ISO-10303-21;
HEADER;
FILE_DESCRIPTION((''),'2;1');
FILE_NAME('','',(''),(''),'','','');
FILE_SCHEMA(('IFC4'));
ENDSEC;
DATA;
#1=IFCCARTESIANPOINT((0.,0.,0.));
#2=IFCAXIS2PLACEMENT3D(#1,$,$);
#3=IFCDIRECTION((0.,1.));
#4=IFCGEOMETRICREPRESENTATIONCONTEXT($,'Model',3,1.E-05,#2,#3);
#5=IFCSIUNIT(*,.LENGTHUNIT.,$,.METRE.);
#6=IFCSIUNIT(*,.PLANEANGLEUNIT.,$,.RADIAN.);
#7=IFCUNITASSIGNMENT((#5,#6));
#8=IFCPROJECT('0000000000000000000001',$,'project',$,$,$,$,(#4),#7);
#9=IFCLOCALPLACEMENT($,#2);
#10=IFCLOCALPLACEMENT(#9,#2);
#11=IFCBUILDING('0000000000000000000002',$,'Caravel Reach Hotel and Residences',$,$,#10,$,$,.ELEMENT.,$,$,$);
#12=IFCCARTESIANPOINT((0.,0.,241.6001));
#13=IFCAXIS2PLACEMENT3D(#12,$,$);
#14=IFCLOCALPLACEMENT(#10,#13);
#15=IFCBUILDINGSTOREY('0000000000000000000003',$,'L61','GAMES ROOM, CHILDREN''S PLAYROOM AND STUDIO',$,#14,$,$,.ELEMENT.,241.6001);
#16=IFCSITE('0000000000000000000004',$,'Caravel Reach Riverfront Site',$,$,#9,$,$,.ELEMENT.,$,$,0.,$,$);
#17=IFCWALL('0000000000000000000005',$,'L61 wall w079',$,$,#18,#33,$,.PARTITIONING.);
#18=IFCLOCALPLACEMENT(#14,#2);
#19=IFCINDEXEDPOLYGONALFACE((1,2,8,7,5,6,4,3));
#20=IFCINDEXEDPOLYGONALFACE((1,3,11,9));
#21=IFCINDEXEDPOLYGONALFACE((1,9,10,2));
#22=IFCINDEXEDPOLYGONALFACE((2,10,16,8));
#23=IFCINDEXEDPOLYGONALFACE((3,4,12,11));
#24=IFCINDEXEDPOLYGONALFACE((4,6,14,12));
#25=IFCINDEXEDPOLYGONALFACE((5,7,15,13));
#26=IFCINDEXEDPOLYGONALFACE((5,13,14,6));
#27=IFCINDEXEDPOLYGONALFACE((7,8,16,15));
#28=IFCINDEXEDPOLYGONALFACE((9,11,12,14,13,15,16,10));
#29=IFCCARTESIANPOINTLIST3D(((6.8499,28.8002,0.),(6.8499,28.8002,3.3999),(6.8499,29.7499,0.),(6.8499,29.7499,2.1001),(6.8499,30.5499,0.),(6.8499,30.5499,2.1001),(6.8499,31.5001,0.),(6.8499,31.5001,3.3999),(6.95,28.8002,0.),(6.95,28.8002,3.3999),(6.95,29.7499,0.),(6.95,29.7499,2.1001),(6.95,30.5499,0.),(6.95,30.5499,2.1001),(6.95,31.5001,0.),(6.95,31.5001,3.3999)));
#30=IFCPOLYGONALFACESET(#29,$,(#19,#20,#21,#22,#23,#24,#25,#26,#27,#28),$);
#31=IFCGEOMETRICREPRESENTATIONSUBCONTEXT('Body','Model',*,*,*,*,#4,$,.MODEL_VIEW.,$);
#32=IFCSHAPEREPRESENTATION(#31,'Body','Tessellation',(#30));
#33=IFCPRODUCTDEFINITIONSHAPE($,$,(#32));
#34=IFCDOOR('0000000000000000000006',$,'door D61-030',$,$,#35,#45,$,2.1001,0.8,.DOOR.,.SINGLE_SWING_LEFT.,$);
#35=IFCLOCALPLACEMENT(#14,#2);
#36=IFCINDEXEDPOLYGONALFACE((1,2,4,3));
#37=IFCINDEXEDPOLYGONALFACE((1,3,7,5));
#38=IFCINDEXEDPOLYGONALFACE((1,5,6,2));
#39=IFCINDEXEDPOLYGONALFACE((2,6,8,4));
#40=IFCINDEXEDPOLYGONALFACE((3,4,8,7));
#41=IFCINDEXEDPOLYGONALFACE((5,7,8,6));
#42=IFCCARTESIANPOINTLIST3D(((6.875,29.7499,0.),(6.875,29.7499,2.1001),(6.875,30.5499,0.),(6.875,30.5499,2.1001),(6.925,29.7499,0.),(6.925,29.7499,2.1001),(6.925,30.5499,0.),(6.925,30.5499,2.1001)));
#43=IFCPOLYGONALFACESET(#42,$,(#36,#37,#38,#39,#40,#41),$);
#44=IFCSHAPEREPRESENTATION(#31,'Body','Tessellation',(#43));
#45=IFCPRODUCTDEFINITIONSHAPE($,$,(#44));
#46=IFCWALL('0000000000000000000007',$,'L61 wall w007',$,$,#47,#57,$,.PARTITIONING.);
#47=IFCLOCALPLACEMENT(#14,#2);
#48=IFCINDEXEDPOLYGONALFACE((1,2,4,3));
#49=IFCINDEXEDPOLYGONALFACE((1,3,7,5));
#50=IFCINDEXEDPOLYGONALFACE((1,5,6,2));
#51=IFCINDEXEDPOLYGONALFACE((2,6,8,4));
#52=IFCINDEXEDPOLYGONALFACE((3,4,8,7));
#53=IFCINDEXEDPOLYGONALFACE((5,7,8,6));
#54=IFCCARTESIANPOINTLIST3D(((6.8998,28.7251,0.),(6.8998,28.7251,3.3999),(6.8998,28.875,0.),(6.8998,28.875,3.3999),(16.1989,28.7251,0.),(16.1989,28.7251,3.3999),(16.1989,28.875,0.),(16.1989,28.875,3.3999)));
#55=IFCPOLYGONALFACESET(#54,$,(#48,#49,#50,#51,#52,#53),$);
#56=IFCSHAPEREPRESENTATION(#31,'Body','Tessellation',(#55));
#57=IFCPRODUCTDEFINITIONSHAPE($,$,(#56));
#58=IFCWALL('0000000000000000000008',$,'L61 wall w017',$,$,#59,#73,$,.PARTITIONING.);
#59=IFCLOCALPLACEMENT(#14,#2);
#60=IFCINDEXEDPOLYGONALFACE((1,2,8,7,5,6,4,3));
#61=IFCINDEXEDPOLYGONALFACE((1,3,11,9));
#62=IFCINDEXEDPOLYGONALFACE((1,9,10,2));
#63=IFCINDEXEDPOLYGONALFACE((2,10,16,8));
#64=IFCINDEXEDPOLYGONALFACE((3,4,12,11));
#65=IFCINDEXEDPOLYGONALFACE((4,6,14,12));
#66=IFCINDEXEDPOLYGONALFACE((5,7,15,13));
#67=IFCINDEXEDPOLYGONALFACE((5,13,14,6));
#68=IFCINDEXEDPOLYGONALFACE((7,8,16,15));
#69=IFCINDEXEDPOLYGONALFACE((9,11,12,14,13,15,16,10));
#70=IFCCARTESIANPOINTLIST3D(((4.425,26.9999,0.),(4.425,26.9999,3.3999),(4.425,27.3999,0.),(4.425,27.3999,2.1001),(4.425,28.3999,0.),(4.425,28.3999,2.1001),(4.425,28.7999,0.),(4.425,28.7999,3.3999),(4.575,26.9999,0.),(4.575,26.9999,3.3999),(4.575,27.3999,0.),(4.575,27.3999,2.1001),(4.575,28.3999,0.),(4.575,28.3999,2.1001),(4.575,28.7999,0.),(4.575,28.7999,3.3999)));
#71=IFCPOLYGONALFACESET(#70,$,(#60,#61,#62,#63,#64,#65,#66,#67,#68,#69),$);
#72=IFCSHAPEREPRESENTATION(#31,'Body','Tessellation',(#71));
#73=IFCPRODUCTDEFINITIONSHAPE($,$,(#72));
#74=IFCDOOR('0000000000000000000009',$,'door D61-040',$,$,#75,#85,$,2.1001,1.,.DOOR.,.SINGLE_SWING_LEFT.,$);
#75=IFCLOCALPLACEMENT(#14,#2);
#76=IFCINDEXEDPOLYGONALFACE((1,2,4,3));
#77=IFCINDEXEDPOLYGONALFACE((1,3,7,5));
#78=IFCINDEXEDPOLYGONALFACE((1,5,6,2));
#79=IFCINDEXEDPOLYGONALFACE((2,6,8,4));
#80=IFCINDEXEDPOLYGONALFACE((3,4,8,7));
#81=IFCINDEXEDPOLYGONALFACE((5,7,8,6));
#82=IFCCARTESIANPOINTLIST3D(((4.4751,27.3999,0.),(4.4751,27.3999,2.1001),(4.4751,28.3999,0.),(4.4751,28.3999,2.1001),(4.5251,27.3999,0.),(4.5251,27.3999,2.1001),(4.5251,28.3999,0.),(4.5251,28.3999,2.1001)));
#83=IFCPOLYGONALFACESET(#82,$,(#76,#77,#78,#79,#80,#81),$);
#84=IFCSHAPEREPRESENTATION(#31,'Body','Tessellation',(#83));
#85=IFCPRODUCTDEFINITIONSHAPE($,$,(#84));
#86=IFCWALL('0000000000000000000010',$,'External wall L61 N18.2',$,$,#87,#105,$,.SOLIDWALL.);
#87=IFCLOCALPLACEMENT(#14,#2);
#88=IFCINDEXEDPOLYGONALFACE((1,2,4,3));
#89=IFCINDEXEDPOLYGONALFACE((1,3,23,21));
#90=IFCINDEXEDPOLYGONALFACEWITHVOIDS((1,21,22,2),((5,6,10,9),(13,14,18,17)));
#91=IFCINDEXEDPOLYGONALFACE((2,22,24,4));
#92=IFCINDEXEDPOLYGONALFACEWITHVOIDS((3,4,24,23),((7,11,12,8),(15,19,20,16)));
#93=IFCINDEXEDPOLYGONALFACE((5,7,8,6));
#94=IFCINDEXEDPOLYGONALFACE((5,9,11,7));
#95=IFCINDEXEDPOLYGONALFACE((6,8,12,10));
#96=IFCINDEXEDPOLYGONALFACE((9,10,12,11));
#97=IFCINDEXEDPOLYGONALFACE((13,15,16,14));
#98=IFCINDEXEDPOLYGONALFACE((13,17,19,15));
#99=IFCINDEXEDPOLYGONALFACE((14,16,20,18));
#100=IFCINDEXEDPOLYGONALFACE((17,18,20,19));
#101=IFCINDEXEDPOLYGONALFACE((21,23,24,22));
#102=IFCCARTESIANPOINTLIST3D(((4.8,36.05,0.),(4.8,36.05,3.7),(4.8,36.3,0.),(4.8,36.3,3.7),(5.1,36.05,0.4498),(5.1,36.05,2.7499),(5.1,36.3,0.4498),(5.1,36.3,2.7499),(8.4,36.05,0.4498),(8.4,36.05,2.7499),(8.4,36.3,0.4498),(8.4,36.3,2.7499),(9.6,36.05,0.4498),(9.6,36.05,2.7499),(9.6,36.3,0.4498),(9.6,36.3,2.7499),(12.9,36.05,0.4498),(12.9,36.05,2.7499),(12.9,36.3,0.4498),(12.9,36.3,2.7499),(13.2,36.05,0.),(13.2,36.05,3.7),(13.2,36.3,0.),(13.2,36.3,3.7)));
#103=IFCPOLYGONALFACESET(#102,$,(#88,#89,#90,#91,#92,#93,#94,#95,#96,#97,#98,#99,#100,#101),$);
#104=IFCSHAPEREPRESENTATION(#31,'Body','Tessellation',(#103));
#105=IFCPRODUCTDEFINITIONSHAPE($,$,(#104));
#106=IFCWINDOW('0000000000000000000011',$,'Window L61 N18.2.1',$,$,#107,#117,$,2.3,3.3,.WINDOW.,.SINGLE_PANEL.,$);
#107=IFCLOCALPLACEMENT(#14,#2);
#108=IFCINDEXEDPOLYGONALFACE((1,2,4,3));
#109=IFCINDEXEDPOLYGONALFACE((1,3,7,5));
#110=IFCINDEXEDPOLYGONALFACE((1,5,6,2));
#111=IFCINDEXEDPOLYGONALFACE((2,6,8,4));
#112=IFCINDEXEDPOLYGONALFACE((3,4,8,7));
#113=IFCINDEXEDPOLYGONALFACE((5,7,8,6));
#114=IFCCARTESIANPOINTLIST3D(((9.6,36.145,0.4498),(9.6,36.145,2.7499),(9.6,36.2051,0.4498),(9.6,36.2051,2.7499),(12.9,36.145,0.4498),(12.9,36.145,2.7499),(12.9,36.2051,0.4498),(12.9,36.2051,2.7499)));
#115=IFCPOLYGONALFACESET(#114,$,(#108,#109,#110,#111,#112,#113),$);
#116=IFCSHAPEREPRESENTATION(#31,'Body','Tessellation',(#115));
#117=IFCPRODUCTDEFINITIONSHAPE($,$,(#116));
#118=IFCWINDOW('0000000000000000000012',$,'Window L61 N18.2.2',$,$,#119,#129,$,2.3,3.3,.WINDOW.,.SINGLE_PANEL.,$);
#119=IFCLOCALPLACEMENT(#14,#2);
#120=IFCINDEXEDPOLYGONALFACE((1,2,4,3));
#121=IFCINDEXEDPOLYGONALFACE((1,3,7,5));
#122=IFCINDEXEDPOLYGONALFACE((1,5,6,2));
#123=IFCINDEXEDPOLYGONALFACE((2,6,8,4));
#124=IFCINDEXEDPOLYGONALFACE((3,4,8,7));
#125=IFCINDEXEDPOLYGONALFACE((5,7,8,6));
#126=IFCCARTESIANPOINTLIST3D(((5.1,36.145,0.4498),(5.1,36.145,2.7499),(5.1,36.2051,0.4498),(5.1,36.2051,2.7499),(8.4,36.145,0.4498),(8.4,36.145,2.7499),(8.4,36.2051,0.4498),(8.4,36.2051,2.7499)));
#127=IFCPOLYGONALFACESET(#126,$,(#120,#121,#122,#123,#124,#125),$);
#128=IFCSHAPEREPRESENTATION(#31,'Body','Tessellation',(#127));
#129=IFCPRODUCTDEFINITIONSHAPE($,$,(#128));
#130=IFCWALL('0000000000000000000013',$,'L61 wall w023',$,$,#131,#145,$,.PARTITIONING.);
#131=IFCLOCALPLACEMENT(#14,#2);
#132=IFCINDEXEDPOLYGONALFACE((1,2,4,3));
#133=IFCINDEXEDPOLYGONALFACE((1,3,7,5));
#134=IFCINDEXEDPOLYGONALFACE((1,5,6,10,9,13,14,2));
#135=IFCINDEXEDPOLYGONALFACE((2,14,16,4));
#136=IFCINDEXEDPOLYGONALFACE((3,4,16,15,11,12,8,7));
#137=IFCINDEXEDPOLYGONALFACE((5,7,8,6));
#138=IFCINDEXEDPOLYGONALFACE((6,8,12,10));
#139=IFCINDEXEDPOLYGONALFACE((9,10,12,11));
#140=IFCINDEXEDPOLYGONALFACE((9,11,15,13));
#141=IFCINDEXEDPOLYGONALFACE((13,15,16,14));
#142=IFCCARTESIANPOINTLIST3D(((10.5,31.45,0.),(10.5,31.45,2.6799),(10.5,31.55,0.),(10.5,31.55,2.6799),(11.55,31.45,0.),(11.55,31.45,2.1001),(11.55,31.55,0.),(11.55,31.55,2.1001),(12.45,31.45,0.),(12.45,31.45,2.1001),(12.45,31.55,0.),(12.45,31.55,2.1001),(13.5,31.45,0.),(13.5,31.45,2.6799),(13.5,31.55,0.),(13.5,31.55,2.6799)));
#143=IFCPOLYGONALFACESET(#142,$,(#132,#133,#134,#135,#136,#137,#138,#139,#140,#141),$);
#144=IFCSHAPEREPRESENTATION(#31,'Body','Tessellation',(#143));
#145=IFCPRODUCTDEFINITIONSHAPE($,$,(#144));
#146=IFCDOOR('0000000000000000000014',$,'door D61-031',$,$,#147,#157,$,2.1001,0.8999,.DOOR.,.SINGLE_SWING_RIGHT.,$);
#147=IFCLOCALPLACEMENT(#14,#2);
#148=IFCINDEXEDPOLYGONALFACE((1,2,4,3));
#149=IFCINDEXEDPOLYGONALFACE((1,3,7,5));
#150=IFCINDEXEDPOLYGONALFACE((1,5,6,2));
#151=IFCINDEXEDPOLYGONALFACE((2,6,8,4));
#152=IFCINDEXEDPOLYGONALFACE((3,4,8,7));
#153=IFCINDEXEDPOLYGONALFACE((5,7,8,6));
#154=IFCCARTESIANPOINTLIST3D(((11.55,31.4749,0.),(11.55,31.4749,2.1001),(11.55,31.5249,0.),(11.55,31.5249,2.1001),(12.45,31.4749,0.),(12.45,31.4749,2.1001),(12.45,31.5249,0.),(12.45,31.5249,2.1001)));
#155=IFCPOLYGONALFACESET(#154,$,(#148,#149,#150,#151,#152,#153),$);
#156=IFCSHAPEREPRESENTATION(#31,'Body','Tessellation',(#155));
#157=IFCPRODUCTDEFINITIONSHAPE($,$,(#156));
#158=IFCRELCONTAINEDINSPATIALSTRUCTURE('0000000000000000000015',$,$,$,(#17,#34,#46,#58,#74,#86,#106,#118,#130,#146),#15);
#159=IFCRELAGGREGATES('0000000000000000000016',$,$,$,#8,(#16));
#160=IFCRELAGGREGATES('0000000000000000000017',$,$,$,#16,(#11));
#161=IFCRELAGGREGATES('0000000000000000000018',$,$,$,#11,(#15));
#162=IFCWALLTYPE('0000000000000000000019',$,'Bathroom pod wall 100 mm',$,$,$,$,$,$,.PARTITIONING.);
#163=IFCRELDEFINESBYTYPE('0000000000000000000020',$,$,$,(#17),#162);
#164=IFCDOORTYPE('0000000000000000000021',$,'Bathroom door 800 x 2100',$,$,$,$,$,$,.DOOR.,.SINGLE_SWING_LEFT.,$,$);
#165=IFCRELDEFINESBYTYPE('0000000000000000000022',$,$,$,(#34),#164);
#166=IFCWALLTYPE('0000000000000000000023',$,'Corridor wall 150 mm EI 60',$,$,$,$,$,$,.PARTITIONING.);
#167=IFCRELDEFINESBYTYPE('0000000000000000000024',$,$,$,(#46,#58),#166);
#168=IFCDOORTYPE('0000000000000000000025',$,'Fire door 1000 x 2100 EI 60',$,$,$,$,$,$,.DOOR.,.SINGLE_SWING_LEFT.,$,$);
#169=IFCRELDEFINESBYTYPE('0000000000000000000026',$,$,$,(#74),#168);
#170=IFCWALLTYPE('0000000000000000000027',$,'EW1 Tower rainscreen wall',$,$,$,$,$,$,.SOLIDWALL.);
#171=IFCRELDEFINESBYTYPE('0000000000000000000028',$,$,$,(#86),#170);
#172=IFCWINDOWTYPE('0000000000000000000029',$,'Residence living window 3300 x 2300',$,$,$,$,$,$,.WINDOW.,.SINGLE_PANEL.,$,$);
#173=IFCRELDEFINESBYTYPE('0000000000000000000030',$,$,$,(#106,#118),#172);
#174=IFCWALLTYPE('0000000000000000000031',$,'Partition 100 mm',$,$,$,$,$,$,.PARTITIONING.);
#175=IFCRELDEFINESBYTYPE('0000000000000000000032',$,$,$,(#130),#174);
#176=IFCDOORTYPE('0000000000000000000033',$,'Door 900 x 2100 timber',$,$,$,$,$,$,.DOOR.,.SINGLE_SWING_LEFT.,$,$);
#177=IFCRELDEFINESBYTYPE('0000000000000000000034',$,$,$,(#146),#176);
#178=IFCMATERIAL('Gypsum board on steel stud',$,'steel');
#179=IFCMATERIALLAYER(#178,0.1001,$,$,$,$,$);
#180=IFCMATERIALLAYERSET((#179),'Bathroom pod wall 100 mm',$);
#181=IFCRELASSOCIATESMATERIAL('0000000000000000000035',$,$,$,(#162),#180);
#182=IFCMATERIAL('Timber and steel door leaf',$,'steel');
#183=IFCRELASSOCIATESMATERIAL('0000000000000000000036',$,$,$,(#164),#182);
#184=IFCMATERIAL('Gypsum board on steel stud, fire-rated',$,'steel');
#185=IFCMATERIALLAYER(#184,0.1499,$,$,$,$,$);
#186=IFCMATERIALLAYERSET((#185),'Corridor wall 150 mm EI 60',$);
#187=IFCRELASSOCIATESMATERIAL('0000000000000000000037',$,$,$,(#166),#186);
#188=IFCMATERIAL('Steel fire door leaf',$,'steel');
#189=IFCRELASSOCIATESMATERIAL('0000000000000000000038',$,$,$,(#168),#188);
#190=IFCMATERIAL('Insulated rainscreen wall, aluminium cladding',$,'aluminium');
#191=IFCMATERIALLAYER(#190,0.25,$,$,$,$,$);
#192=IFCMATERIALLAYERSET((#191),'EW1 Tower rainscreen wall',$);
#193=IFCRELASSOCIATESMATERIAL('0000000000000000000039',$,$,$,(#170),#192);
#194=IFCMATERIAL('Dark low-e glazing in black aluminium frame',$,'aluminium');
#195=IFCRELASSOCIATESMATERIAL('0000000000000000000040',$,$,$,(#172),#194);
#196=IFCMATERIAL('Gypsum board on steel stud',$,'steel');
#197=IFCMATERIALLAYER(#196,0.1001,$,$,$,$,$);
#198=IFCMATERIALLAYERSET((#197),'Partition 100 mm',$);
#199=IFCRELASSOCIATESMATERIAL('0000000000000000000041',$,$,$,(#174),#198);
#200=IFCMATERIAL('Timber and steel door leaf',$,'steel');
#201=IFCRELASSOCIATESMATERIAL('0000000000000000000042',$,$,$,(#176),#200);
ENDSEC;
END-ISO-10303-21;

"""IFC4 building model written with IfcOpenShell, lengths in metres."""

from ifc_helpers import new_model, si_unit, direction, frame, frame_2d, origin, place, context, subcontext, project, spatial, rectangle, extrude, material, layer, layer_set, type_object, element, fill, save


model = new_model("IFC4")

# Units and contexts
model_context = context("Model", 3, precision=1e-05, world=origin(), true_north=direction((0.0, 1.0)))
body_context = subcontext(model_context, "Body", "Model", "MODEL_VIEW")
ifc_project = project(units=[si_unit("LENGTHUNIT", "METRE"), si_unit("PLANEANGLEUNIT", "RADIAN")], contexts=[model_context])

# Site, building, storey
site_placement = place(None, origin())
site = spatial("IfcSite", under=ifc_project, at=site_placement, Name="Caravel Reach Riverfront Site", CompositionType="ELEMENT", RefElevation=0.0)
building_placement = place(site_placement, origin())
building = spatial("IfcBuilding", under=site, at=building_placement, Name="Caravel Reach Hotel and Residences", CompositionType="ELEMENT")
storey_placement = place(building_placement, frame((0.0, 0.0, 241.6001)))
storey = spatial("IfcBuildingStorey", under=building, at=storey_placement, Name="L61", Description="GAMES ROOM, CHILDREN'S PLAYROOM AND STUDIO", CompositionType="ELEMENT", Elevation=241.6001)

# Shared definitions
ifc_material_1 = material(Name="Gypsum board on steel stud", Category="steel")
ifc_layer_1 = layer(ifc_material_1, 0.1001)
ifc_layer_set_1 = layer_set([ifc_layer_1], Name="Bathroom pod wall 100 mm")
wall_type_1 = type_object("IfcWallType", Name="Bathroom pod wall 100 mm", PredefinedType="PARTITIONING", material=ifc_layer_set_1)

# Wall, opening, door
wall_1_placement = place(storey_placement, frame((6.8999, 28.8, 0.0), z_axis=(0.0, 0.0, 1.0), x_axis=(0.0, 1.0, 0.0)))
wall_1 = element("IfcWall", 1, at=wall_1_placement, inside=storey, type_object=wall_type_1, Name="L61 wall w079", PredefinedType="PARTITIONING", context=body_context, shape_type="SweptSolid", body=[
    extrude(rectangle(XDim=2.7, YDim=0.1001, at=frame_2d((1.3501, 0.0))), origin(), (0.0, 0.0, 1.0), 3.3999),
])
opening_1_placement = place(wall_1_placement, frame((0.95, 0.0, 0.0)))
opening_1 = element("IfcOpeningElement", 2, at=opening_1_placement, cuts=wall_1, PredefinedType="OPENING", context=body_context, shape_type="SweptSolid", body=[
    extrude(rectangle(XDim=0.8, YDim=2.1001, at=frame_2d((0.3999, 1.05))), frame((0.0, 0.0601, 0.0), z_axis=(0.0, -1.0, 0.0), x_axis=(1.0, 0.0, 0.0)), (0.0, 0.0, 1.0), 0.1201),
])
ifc_material_2 = material(Name="Timber and steel door leaf", Category="steel")
door_type_1 = type_object("IfcDoorType", Name="Bathroom door 800 x 2100", OperationType="SINGLE_SWING_LEFT", PredefinedType="DOOR", material=ifc_material_2)
door_1_placement = place(opening_1_placement, origin())
door_1 = element("IfcDoor", 3, at=door_1_placement, inside=storey, type_object=door_type_1, Name="door D61-030", OperationType="SINGLE_SWING_LEFT", OverallHeight=2.1001, OverallWidth=0.8, PredefinedType="DOOR", context=body_context, shape_type="SweptSolid", body=[
    extrude(rectangle(XDim=0.8, YDim=2.1001, at=frame_2d((0.3999, 1.05))), frame((0.0, 0.0249, 0.0), z_axis=(0.0, -1.0, 0.0), x_axis=(1.0, 0.0, 0.0)), (0.0, 0.0, 1.0), 0.05),
])
fill(opening_1, door_1)

# Wall
ifc_material_3 = material(Name="Gypsum board on steel stud, fire-rated", Category="steel")
ifc_layer_2 = layer(ifc_material_3, 0.1499)
ifc_layer_set_2 = layer_set([ifc_layer_2], Name="Corridor wall 150 mm EI 60")
wall_type_2 = type_object("IfcWallType", Name="Corridor wall 150 mm EI 60", PredefinedType="PARTITIONING", material=ifc_layer_set_2)
wall_2_placement = place(storey_placement, frame((6.8999, 28.8, 0.0), z_axis=(0.0, 0.0, 1.0), x_axis=(1.0, 0.0, 0.0)))
element("IfcWall", 4, at=wall_2_placement, inside=storey, type_object=wall_type_2, Name="L61 wall w007", PredefinedType="PARTITIONING", context=body_context, shape_type="SweptSolid", body=[
    extrude(rectangle(XDim=9.2991, YDim=0.1499, at=frame_2d((4.6494, 0.0))), origin(), (0.0, 0.0, 1.0), 3.3999),
])

# Wall, opening, door
wall_3_placement = place(storey_placement, frame((4.5, 27.0, 0.0), z_axis=(0.0, 0.0, 1.0), x_axis=(0.0, 1.0, 0.0)))
wall_3 = element("IfcWall", 5, at=wall_3_placement, inside=storey, type_object=wall_type_2, Name="L61 wall w017", PredefinedType="PARTITIONING", context=body_context, shape_type="SweptSolid", body=[
    extrude(rectangle(XDim=1.8, YDim=0.1499, at=frame_2d((0.8999, 0.0))), origin(), (0.0, 0.0, 1.0), 3.3999),
])
opening_2_placement = place(wall_3_placement, frame((0.3999, 0.0, 0.0)))
opening_2 = element("IfcOpeningElement", 6, at=opening_2_placement, cuts=wall_3, PredefinedType="OPENING", context=body_context, shape_type="SweptSolid", body=[
    extrude(rectangle(XDim=1.0, YDim=2.1001, at=frame_2d((0.5, 1.05))), frame((0.0, 0.085, 0.0), z_axis=(0.0, -1.0, 0.0), x_axis=(1.0, 0.0, 0.0)), (0.0, 0.0, 1.0), 0.1699),
])
ifc_material_4 = material(Name="Steel fire door leaf", Category="steel")
door_type_2 = type_object("IfcDoorType", Name="Fire door 1000 x 2100 EI 60", OperationType="SINGLE_SWING_LEFT", PredefinedType="DOOR", material=ifc_material_4)
door_2_placement = place(opening_2_placement, origin())
door_2 = element("IfcDoor", 7, at=door_2_placement, inside=storey, type_object=door_type_2, Name="door D61-040", OperationType="SINGLE_SWING_LEFT", OverallHeight=2.1001, OverallWidth=1.0, PredefinedType="DOOR", context=body_context, shape_type="SweptSolid", body=[
    extrude(rectangle(XDim=1.0, YDim=2.1001, at=frame_2d((0.5, 1.05))), frame((0.0, 0.0249, 0.0), z_axis=(0.0, -1.0, 0.0), x_axis=(1.0, 0.0, 0.0)), (0.0, 0.0, 1.0), 0.05),
])
fill(opening_2, door_2)

# Wall, openings, windows
ifc_material_5 = material(Name="Insulated rainscreen wall, aluminium cladding", Category="aluminium")
ifc_layer_3 = layer(ifc_material_5, 0.25)
ifc_layer_set_3 = layer_set([ifc_layer_3], Name="EW1 Tower rainscreen wall")
wall_type_3 = type_object("IfcWallType", Name="EW1 Tower rainscreen wall", PredefinedType="SOLIDWALL", material=ifc_layer_set_3)
wall_4_placement = place(storey_placement, frame((13.2, 36.175, 0.0), z_axis=(0.0, 0.0, 1.0), x_axis=(-1.0, 0.0, 0.0)))
wall_4 = element("IfcWall", 8, at=wall_4_placement, inside=storey, type_object=wall_type_3, Name="External wall L61 N18.2", PredefinedType="SOLIDWALL", context=body_context, shape_type="SweptSolid", body=[
    extrude(rectangle(XDim=8.3999, YDim=0.25, at=frame_2d((4.2, 0.0))), origin(), (0.0, 0.0, 1.0), 3.7),
])
opening_3_placement = place(wall_4_placement, frame((0.3, 0.0, 0.45)))
opening_3 = element("IfcOpeningElement", 9, at=opening_3_placement, cuts=wall_4, PredefinedType="OPENING", context=body_context, shape_type="SweptSolid", body=[
    extrude(rectangle(XDim=3.3, YDim=2.3, at=frame_2d((1.6499, 1.1499))), frame((0.0, 0.135, 0.0), z_axis=(0.0, -1.0, 0.0), x_axis=(1.0, 0.0, 0.0)), (0.0, 0.0, 1.0), 0.27),
])
opening_4_placement = place(wall_4_placement, frame((4.8, 0.0, 0.45)))
opening_4 = element("IfcOpeningElement", 10, at=opening_4_placement, cuts=wall_4, PredefinedType="OPENING", context=body_context, shape_type="SweptSolid", body=[
    extrude(rectangle(XDim=3.3, YDim=2.3, at=frame_2d((1.6499, 1.1499))), frame((0.0, 0.135, 0.0), z_axis=(0.0, -1.0, 0.0), x_axis=(1.0, 0.0, 0.0)), (0.0, 0.0, 1.0), 0.27),
])
ifc_material_6 = material(Name="Dark low-e glazing in black aluminium frame", Category="aluminium")
window_type = type_object("IfcWindowType", Name="Residence living window 3300 x 2300", PartitioningType="SINGLE_PANEL", PredefinedType="WINDOW", material=ifc_material_6)
window_1_placement = place(opening_3_placement, origin())
window_1 = element("IfcWindow", 11, at=window_1_placement, inside=storey, type_object=window_type, Name="Window L61 N18.2.1", OverallHeight=2.3, OverallWidth=3.3, PartitioningType="SINGLE_PANEL", PredefinedType="WINDOW", context=body_context, shape_type="SweptSolid", body=[
    extrude(rectangle(XDim=3.3, YDim=2.3, at=frame_2d((1.6499, 1.1499))), frame((0.0, 0.03, 0.0), z_axis=(0.0, -1.0, 0.0), x_axis=(1.0, 0.0, 0.0)), (0.0, 0.0, 1.0), 0.0601),
])
fill(opening_3, window_1)
window_2_placement = place(opening_4_placement, origin())
window_2 = element("IfcWindow", 12, at=window_2_placement, inside=storey, type_object=window_type, Name="Window L61 N18.2.2", OverallHeight=2.3, OverallWidth=3.3, PartitioningType="SINGLE_PANEL", PredefinedType="WINDOW", context=body_context, shape_type="SweptSolid", body=[
    extrude(rectangle(XDim=3.3, YDim=2.3, at=frame_2d((1.6499, 1.1499))), frame((0.0, 0.03, 0.0), z_axis=(0.0, -1.0, 0.0), x_axis=(1.0, 0.0, 0.0)), (0.0, 0.0, 1.0), 0.0601),
])
fill(opening_4, window_2)

# Wall, opening, door
ifc_material_7 = material(Name="Gypsum board on steel stud", Category="steel")
ifc_layer_4 = layer(ifc_material_7, 0.1001)
ifc_layer_set_4 = layer_set([ifc_layer_4], Name="Partition 100 mm")
wall_type_4 = type_object("IfcWallType", Name="Partition 100 mm", PredefinedType="PARTITIONING", material=ifc_layer_set_4)
wall_5_placement = place(storey_placement, frame((10.5, 31.5, 0.0), z_axis=(0.0, 0.0, 1.0), x_axis=(1.0, 0.0, 0.0)))
wall_5 = element("IfcWall", 13, at=wall_5_placement, inside=storey, type_object=wall_type_4, Name="L61 wall w023", PredefinedType="PARTITIONING", context=body_context, shape_type="SweptSolid", body=[
    extrude(rectangle(XDim=3.0, YDim=0.1001, at=frame_2d((1.5, 0.0))), origin(), (0.0, 0.0, 1.0), 2.6799),
])
opening_5_placement = place(wall_5_placement, frame((1.05, 0.0, 0.0)))
opening_5 = element("IfcOpeningElement", 14, at=opening_5_placement, cuts=wall_5, PredefinedType="OPENING", context=body_context, shape_type="SweptSolid", body=[
    extrude(rectangle(XDim=0.8999, YDim=2.1001, at=frame_2d((0.45, 1.05))), frame((0.0, 0.0601, 0.0), z_axis=(0.0, -1.0, 0.0), x_axis=(1.0, 0.0, 0.0)), (0.0, 0.0, 1.0), 0.1201),
])
ifc_material_8 = material(Name="Timber and steel door leaf", Category="steel")
door_type_3 = type_object("IfcDoorType", Name="Door 900 x 2100 timber", OperationType="SINGLE_SWING_LEFT", PredefinedType="DOOR", material=ifc_material_8)
door_3_placement = place(opening_5_placement, origin())
door_3 = element("IfcDoor", 15, at=door_3_placement, inside=storey, type_object=door_type_3, Name="door D61-031", OperationType="SINGLE_SWING_RIGHT", OverallHeight=2.1001, OverallWidth=0.8999, PredefinedType="DOOR", context=body_context, shape_type="SweptSolid", body=[
    extrude(rectangle(XDim=0.8999, YDim=2.1001, at=frame_2d((0.45, 1.05))), frame((0.0, 0.0249, 0.0), z_axis=(0.0, -1.0, 0.0), x_axis=(1.0, 0.0, 0.0)), (0.0, 0.0, 1.0), 0.05),
])
fill(opening_5, door_3)

save(model, "model.ifc")
